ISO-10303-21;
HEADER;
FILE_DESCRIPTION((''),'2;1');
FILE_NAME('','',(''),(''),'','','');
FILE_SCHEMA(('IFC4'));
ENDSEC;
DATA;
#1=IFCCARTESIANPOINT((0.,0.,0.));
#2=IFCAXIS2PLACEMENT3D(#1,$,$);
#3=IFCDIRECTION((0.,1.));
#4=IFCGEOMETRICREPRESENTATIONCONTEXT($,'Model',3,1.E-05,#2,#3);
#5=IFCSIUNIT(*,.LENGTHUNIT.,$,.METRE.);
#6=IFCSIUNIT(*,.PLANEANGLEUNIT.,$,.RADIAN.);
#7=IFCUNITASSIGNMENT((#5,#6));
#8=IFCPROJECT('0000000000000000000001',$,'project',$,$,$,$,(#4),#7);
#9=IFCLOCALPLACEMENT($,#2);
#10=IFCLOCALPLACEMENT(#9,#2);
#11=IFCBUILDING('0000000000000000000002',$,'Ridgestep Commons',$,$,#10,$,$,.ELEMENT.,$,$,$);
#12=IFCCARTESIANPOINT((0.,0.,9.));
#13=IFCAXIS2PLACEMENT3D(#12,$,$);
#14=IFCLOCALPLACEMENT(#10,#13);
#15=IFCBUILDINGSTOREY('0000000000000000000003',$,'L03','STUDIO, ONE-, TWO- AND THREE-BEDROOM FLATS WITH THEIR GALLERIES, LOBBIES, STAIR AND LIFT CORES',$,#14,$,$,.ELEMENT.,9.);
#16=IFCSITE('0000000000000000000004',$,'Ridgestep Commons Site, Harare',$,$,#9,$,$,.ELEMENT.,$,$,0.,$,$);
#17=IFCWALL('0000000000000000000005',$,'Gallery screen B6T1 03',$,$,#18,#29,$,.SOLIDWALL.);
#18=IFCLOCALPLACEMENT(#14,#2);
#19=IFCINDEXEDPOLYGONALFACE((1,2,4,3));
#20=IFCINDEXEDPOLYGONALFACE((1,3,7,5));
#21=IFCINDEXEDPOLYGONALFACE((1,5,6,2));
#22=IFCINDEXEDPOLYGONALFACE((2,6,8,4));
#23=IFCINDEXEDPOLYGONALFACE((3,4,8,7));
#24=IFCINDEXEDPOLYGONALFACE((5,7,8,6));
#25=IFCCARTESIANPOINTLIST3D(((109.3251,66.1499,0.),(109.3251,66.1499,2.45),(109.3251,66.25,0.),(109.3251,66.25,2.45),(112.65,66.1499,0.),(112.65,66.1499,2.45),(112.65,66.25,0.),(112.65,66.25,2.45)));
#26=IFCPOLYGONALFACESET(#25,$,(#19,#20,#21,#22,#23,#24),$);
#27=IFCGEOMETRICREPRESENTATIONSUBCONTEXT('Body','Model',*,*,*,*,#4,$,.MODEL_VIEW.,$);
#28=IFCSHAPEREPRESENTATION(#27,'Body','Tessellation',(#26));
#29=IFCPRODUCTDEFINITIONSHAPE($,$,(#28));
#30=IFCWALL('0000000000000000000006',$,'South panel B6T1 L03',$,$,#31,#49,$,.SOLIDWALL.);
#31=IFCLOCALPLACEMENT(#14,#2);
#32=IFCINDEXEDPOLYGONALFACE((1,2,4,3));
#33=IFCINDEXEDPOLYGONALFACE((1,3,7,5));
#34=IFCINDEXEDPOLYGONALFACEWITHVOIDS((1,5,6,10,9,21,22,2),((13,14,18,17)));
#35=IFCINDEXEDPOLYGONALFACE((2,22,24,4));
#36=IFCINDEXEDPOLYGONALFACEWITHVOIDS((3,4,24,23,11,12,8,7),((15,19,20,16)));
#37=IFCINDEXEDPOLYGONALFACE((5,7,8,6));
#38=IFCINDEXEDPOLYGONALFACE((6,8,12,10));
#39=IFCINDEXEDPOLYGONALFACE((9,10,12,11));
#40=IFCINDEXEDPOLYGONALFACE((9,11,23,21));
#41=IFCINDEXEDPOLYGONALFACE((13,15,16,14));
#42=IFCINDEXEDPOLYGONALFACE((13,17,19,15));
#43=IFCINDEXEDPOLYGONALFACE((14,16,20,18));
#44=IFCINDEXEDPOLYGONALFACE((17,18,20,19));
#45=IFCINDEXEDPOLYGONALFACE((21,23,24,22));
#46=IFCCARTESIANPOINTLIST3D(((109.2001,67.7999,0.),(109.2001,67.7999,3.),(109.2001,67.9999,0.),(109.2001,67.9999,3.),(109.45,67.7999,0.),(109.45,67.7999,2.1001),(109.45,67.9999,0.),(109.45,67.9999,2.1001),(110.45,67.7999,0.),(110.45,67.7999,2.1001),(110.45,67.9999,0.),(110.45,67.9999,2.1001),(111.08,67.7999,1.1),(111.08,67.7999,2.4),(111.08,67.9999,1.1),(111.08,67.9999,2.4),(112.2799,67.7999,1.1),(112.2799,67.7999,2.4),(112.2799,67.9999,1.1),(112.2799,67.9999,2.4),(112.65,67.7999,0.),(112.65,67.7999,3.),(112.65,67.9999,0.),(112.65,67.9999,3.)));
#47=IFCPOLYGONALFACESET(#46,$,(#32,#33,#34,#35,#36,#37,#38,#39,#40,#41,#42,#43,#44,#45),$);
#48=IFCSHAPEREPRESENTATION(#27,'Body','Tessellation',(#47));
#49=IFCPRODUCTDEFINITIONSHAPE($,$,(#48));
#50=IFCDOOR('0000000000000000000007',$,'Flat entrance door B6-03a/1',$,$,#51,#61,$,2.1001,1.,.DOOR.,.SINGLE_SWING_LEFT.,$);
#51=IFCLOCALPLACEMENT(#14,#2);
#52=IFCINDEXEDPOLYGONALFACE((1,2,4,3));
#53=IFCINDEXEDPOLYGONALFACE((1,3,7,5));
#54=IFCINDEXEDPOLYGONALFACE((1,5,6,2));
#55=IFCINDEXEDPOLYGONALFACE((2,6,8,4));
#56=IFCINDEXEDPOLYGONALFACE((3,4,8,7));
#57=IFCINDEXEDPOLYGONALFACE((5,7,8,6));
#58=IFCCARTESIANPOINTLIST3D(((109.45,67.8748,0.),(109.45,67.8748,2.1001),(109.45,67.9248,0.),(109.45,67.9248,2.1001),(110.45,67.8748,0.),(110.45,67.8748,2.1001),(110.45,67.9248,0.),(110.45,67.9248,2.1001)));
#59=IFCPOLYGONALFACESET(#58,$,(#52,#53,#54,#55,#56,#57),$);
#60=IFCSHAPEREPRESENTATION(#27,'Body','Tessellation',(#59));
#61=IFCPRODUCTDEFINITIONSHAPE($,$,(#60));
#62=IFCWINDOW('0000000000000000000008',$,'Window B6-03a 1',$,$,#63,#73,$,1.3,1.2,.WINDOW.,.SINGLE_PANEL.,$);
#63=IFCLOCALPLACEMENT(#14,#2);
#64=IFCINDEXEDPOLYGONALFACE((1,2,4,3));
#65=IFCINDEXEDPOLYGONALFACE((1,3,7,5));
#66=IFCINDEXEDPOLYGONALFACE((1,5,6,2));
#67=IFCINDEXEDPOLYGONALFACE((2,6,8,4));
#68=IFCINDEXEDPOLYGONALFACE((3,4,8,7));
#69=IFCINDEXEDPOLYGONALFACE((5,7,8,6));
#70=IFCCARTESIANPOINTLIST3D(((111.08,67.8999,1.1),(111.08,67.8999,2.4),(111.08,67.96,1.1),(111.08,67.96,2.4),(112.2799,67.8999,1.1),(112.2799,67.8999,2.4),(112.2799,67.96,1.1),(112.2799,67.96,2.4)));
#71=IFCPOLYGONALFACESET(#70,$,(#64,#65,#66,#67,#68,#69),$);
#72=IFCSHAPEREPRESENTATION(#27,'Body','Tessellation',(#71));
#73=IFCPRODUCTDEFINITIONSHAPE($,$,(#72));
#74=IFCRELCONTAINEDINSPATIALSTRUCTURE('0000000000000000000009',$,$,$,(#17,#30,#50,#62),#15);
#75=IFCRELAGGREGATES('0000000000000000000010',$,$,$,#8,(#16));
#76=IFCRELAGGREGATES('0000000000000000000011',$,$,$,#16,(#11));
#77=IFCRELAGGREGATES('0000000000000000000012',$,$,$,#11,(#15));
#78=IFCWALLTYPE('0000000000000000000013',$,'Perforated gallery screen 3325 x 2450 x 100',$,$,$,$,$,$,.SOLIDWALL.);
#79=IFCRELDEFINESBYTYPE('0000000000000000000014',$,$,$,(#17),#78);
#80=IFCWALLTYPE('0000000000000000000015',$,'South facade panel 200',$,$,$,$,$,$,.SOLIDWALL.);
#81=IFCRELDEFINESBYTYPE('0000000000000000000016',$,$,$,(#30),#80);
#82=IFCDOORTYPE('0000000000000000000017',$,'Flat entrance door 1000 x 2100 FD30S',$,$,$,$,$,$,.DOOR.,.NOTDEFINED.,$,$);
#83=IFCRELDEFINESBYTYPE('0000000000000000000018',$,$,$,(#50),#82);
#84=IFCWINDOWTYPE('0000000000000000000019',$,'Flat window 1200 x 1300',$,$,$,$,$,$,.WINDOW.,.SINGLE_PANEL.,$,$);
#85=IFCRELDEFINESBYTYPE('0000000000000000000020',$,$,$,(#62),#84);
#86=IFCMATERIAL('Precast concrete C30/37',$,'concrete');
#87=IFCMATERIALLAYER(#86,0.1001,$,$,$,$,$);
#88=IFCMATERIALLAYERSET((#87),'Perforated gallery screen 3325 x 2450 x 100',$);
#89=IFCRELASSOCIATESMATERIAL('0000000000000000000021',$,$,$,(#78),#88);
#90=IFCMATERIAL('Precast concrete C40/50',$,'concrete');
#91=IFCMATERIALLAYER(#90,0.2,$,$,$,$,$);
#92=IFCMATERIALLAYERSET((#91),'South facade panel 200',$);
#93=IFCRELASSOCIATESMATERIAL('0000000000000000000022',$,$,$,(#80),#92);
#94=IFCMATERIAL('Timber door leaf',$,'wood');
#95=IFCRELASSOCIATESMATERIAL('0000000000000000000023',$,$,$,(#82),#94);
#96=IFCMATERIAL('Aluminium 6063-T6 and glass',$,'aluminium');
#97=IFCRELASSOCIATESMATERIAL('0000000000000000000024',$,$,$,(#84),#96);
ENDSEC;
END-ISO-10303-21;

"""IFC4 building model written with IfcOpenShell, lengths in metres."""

from ifc_helpers import new_model, si_unit, direction, frame, frame_2d, origin, place, context, subcontext, project, spatial, rectangle, extrude, material, layer, layer_set, type_object, element, fill, save


model = new_model("IFC4")

# Units and contexts
model_context = context("Model", 3, precision=1e-05, world=origin(), true_north=direction((0.0, 1.0)))
body_context = subcontext(model_context, "Body", "Model", "MODEL_VIEW")
ifc_project = project(units=[si_unit("LENGTHUNIT", "METRE"), si_unit("PLANEANGLEUNIT", "RADIAN")], contexts=[model_context])

# Site, building, storey
site_placement = place(None, origin())
site = spatial("IfcSite", under=ifc_project, at=site_placement, Name="Ridgestep Commons Site, Harare", CompositionType="ELEMENT", RefElevation=0.0)
building_placement = place(site_placement, origin())
building = spatial("IfcBuilding", under=site, at=building_placement, Name="Ridgestep Commons", CompositionType="ELEMENT")
storey_placement = place(building_placement, frame((0.0, 0.0, 9.0)))
storey = spatial("IfcBuildingStorey", under=building, at=storey_placement, Name="L03", Description="STUDIO, ONE-, TWO- AND THREE-BEDROOM FLATS WITH THEIR GALLERIES, LOBBIES, STAIR AND LIFT CORES", CompositionType="ELEMENT", Elevation=9.0)

# Wall
ifc_material_1 = material(Name="Precast concrete C30/37", Category="concrete")
ifc_layer_1 = layer(ifc_material_1, 0.1001)
ifc_layer_set_1 = layer_set([ifc_layer_1], Name="Perforated gallery screen 3325 x 2450 x 100")
wall_type_1 = type_object("IfcWallType", Name="Perforated gallery screen 3325 x 2450 x 100", PredefinedType="SOLIDWALL", material=ifc_layer_set_1)
wall_1_placement = place(storey_placement, frame((109.325, 66.2, 0.0), z_axis=(0.0, 0.0, 1.0), x_axis=(1.0, 0.0, 0.0)))
element("IfcWall", 1, at=wall_1_placement, inside=storey, type_object=wall_type_1, Name="Gallery screen B6T1 03", PredefinedType="SOLIDWALL", context=body_context, shape_type="SweptSolid", body=[
    extrude(rectangle(XDim=3.325, YDim=0.1001, at=frame_2d((1.6626, 0.0))), origin(), (0.0, 0.0, 1.0), 2.45),
])

# Wall, openings, door, window
ifc_material_2 = material(Name="Precast concrete C40/50", Category="concrete")
ifc_layer_2 = layer(ifc_material_2, 0.2)
ifc_layer_set_2 = layer_set([ifc_layer_2], Name="South facade panel 200")
wall_type_2 = type_object("IfcWallType", Name="South facade panel 200", PredefinedType="SOLIDWALL", material=ifc_layer_set_2)
wall_2_placement = place(storey_placement, frame((109.2, 67.8999, 0.0), z_axis=(0.0, 0.0, 1.0), x_axis=(1.0, 0.0, 0.0)))
wall_2 = element("IfcWall", 2, at=wall_2_placement, inside=storey, type_object=wall_type_2, Name="South panel B6T1 L03", PredefinedType="SOLIDWALL", context=body_context, shape_type="SweptSolid", body=[
    extrude(rectangle(XDim=3.45, YDim=0.2, at=frame_2d((1.7251, 0.0))), origin(), (0.0, 0.0, 1.0), 3.0),
])
opening_1_placement = place(wall_2_placement, frame((1.8799, 0.0, 1.1001)))
opening_1 = element("IfcOpeningElement", 3, at=opening_1_placement, cuts=wall_2, PredefinedType="OPENING", context=body_context, shape_type="SweptSolid", body=[
    extrude(rectangle(XDim=1.2, YDim=1.3, at=frame_2d((0.6001, 0.6499))), frame((0.0, 0.1099, 0.0), z_axis=(0.0, -1.0, 0.0), x_axis=(1.0, 0.0, 0.0)), (0.0, 0.0, 1.0), 0.22),
])
opening_2_placement = place(wall_2_placement, frame((0.25, 0.0, 0.0)))
opening_2 = element("IfcOpeningElement", 4, at=opening_2_placement, cuts=wall_2, PredefinedType="OPENING", context=body_context, shape_type="SweptSolid", body=[
    extrude(rectangle(XDim=1.0, YDim=2.1001, at=frame_2d((0.5, 1.05))), frame((0.0, 0.1099, 0.0), z_axis=(0.0, -1.0, 0.0), x_axis=(1.0, 0.0, 0.0)), (0.0, 0.0, 1.0), 0.22),
])
ifc_material_3 = material(Name="Timber door leaf", Category="wood")
door_type_1 = type_object("IfcDoorType", Name="Flat entrance door 1000 x 2100 FD30S", OperationType="NOTDEFINED", PredefinedType="DOOR", material=ifc_material_3)
door_1_placement = place(opening_2_placement, origin())
door_1 = element("IfcDoor", 5, at=door_1_placement, inside=storey, type_object=door_type_1, Name="Flat entrance door B6-03a/1", OperationType="SINGLE_SWING_LEFT", OverallHeight=2.1001, OverallWidth=1.0, PredefinedType="DOOR", context=body_context, shape_type="SweptSolid", body=[
    extrude(rectangle(XDim=1.0, YDim=2.1001, at=frame_2d((0.5, 1.05))), frame((0.0, 0.0249, 0.0), z_axis=(0.0, -1.0, 0.0), x_axis=(1.0, 0.0, 0.0)), (0.0, 0.0, 1.0), 0.05),
])
fill(opening_2, door_1)
ifc_material_4 = material(Name="Aluminium 6063-T6 and glass", Category="aluminium")
window_type_1 = type_object("IfcWindowType", Name="Flat window 1200 x 1300", PartitioningType="SINGLE_PANEL", PredefinedType="WINDOW", material=ifc_material_4)
window_1_placement = place(opening_1_placement, origin())
window_1 = element("IfcWindow", 6, at=window_1_placement, inside=storey, type_object=window_type_1, Name="Window B6-03a 1", OverallHeight=1.3, OverallWidth=1.2, PartitioningType="SINGLE_PANEL", PredefinedType="WINDOW", context=body_context, shape_type="SweptSolid", body=[
    extrude(rectangle(XDim=1.2, YDim=1.3, at=frame_2d((0.6001, 0.6499))), frame((0.0, 0.0601, 0.0), z_axis=(0.0, -1.0, 0.0), x_axis=(1.0, 0.0, 0.0)), (0.0, 0.0, 1.0), 0.0601),
])
fill(opening_1, window_1)

save(model, "model.ifc")
